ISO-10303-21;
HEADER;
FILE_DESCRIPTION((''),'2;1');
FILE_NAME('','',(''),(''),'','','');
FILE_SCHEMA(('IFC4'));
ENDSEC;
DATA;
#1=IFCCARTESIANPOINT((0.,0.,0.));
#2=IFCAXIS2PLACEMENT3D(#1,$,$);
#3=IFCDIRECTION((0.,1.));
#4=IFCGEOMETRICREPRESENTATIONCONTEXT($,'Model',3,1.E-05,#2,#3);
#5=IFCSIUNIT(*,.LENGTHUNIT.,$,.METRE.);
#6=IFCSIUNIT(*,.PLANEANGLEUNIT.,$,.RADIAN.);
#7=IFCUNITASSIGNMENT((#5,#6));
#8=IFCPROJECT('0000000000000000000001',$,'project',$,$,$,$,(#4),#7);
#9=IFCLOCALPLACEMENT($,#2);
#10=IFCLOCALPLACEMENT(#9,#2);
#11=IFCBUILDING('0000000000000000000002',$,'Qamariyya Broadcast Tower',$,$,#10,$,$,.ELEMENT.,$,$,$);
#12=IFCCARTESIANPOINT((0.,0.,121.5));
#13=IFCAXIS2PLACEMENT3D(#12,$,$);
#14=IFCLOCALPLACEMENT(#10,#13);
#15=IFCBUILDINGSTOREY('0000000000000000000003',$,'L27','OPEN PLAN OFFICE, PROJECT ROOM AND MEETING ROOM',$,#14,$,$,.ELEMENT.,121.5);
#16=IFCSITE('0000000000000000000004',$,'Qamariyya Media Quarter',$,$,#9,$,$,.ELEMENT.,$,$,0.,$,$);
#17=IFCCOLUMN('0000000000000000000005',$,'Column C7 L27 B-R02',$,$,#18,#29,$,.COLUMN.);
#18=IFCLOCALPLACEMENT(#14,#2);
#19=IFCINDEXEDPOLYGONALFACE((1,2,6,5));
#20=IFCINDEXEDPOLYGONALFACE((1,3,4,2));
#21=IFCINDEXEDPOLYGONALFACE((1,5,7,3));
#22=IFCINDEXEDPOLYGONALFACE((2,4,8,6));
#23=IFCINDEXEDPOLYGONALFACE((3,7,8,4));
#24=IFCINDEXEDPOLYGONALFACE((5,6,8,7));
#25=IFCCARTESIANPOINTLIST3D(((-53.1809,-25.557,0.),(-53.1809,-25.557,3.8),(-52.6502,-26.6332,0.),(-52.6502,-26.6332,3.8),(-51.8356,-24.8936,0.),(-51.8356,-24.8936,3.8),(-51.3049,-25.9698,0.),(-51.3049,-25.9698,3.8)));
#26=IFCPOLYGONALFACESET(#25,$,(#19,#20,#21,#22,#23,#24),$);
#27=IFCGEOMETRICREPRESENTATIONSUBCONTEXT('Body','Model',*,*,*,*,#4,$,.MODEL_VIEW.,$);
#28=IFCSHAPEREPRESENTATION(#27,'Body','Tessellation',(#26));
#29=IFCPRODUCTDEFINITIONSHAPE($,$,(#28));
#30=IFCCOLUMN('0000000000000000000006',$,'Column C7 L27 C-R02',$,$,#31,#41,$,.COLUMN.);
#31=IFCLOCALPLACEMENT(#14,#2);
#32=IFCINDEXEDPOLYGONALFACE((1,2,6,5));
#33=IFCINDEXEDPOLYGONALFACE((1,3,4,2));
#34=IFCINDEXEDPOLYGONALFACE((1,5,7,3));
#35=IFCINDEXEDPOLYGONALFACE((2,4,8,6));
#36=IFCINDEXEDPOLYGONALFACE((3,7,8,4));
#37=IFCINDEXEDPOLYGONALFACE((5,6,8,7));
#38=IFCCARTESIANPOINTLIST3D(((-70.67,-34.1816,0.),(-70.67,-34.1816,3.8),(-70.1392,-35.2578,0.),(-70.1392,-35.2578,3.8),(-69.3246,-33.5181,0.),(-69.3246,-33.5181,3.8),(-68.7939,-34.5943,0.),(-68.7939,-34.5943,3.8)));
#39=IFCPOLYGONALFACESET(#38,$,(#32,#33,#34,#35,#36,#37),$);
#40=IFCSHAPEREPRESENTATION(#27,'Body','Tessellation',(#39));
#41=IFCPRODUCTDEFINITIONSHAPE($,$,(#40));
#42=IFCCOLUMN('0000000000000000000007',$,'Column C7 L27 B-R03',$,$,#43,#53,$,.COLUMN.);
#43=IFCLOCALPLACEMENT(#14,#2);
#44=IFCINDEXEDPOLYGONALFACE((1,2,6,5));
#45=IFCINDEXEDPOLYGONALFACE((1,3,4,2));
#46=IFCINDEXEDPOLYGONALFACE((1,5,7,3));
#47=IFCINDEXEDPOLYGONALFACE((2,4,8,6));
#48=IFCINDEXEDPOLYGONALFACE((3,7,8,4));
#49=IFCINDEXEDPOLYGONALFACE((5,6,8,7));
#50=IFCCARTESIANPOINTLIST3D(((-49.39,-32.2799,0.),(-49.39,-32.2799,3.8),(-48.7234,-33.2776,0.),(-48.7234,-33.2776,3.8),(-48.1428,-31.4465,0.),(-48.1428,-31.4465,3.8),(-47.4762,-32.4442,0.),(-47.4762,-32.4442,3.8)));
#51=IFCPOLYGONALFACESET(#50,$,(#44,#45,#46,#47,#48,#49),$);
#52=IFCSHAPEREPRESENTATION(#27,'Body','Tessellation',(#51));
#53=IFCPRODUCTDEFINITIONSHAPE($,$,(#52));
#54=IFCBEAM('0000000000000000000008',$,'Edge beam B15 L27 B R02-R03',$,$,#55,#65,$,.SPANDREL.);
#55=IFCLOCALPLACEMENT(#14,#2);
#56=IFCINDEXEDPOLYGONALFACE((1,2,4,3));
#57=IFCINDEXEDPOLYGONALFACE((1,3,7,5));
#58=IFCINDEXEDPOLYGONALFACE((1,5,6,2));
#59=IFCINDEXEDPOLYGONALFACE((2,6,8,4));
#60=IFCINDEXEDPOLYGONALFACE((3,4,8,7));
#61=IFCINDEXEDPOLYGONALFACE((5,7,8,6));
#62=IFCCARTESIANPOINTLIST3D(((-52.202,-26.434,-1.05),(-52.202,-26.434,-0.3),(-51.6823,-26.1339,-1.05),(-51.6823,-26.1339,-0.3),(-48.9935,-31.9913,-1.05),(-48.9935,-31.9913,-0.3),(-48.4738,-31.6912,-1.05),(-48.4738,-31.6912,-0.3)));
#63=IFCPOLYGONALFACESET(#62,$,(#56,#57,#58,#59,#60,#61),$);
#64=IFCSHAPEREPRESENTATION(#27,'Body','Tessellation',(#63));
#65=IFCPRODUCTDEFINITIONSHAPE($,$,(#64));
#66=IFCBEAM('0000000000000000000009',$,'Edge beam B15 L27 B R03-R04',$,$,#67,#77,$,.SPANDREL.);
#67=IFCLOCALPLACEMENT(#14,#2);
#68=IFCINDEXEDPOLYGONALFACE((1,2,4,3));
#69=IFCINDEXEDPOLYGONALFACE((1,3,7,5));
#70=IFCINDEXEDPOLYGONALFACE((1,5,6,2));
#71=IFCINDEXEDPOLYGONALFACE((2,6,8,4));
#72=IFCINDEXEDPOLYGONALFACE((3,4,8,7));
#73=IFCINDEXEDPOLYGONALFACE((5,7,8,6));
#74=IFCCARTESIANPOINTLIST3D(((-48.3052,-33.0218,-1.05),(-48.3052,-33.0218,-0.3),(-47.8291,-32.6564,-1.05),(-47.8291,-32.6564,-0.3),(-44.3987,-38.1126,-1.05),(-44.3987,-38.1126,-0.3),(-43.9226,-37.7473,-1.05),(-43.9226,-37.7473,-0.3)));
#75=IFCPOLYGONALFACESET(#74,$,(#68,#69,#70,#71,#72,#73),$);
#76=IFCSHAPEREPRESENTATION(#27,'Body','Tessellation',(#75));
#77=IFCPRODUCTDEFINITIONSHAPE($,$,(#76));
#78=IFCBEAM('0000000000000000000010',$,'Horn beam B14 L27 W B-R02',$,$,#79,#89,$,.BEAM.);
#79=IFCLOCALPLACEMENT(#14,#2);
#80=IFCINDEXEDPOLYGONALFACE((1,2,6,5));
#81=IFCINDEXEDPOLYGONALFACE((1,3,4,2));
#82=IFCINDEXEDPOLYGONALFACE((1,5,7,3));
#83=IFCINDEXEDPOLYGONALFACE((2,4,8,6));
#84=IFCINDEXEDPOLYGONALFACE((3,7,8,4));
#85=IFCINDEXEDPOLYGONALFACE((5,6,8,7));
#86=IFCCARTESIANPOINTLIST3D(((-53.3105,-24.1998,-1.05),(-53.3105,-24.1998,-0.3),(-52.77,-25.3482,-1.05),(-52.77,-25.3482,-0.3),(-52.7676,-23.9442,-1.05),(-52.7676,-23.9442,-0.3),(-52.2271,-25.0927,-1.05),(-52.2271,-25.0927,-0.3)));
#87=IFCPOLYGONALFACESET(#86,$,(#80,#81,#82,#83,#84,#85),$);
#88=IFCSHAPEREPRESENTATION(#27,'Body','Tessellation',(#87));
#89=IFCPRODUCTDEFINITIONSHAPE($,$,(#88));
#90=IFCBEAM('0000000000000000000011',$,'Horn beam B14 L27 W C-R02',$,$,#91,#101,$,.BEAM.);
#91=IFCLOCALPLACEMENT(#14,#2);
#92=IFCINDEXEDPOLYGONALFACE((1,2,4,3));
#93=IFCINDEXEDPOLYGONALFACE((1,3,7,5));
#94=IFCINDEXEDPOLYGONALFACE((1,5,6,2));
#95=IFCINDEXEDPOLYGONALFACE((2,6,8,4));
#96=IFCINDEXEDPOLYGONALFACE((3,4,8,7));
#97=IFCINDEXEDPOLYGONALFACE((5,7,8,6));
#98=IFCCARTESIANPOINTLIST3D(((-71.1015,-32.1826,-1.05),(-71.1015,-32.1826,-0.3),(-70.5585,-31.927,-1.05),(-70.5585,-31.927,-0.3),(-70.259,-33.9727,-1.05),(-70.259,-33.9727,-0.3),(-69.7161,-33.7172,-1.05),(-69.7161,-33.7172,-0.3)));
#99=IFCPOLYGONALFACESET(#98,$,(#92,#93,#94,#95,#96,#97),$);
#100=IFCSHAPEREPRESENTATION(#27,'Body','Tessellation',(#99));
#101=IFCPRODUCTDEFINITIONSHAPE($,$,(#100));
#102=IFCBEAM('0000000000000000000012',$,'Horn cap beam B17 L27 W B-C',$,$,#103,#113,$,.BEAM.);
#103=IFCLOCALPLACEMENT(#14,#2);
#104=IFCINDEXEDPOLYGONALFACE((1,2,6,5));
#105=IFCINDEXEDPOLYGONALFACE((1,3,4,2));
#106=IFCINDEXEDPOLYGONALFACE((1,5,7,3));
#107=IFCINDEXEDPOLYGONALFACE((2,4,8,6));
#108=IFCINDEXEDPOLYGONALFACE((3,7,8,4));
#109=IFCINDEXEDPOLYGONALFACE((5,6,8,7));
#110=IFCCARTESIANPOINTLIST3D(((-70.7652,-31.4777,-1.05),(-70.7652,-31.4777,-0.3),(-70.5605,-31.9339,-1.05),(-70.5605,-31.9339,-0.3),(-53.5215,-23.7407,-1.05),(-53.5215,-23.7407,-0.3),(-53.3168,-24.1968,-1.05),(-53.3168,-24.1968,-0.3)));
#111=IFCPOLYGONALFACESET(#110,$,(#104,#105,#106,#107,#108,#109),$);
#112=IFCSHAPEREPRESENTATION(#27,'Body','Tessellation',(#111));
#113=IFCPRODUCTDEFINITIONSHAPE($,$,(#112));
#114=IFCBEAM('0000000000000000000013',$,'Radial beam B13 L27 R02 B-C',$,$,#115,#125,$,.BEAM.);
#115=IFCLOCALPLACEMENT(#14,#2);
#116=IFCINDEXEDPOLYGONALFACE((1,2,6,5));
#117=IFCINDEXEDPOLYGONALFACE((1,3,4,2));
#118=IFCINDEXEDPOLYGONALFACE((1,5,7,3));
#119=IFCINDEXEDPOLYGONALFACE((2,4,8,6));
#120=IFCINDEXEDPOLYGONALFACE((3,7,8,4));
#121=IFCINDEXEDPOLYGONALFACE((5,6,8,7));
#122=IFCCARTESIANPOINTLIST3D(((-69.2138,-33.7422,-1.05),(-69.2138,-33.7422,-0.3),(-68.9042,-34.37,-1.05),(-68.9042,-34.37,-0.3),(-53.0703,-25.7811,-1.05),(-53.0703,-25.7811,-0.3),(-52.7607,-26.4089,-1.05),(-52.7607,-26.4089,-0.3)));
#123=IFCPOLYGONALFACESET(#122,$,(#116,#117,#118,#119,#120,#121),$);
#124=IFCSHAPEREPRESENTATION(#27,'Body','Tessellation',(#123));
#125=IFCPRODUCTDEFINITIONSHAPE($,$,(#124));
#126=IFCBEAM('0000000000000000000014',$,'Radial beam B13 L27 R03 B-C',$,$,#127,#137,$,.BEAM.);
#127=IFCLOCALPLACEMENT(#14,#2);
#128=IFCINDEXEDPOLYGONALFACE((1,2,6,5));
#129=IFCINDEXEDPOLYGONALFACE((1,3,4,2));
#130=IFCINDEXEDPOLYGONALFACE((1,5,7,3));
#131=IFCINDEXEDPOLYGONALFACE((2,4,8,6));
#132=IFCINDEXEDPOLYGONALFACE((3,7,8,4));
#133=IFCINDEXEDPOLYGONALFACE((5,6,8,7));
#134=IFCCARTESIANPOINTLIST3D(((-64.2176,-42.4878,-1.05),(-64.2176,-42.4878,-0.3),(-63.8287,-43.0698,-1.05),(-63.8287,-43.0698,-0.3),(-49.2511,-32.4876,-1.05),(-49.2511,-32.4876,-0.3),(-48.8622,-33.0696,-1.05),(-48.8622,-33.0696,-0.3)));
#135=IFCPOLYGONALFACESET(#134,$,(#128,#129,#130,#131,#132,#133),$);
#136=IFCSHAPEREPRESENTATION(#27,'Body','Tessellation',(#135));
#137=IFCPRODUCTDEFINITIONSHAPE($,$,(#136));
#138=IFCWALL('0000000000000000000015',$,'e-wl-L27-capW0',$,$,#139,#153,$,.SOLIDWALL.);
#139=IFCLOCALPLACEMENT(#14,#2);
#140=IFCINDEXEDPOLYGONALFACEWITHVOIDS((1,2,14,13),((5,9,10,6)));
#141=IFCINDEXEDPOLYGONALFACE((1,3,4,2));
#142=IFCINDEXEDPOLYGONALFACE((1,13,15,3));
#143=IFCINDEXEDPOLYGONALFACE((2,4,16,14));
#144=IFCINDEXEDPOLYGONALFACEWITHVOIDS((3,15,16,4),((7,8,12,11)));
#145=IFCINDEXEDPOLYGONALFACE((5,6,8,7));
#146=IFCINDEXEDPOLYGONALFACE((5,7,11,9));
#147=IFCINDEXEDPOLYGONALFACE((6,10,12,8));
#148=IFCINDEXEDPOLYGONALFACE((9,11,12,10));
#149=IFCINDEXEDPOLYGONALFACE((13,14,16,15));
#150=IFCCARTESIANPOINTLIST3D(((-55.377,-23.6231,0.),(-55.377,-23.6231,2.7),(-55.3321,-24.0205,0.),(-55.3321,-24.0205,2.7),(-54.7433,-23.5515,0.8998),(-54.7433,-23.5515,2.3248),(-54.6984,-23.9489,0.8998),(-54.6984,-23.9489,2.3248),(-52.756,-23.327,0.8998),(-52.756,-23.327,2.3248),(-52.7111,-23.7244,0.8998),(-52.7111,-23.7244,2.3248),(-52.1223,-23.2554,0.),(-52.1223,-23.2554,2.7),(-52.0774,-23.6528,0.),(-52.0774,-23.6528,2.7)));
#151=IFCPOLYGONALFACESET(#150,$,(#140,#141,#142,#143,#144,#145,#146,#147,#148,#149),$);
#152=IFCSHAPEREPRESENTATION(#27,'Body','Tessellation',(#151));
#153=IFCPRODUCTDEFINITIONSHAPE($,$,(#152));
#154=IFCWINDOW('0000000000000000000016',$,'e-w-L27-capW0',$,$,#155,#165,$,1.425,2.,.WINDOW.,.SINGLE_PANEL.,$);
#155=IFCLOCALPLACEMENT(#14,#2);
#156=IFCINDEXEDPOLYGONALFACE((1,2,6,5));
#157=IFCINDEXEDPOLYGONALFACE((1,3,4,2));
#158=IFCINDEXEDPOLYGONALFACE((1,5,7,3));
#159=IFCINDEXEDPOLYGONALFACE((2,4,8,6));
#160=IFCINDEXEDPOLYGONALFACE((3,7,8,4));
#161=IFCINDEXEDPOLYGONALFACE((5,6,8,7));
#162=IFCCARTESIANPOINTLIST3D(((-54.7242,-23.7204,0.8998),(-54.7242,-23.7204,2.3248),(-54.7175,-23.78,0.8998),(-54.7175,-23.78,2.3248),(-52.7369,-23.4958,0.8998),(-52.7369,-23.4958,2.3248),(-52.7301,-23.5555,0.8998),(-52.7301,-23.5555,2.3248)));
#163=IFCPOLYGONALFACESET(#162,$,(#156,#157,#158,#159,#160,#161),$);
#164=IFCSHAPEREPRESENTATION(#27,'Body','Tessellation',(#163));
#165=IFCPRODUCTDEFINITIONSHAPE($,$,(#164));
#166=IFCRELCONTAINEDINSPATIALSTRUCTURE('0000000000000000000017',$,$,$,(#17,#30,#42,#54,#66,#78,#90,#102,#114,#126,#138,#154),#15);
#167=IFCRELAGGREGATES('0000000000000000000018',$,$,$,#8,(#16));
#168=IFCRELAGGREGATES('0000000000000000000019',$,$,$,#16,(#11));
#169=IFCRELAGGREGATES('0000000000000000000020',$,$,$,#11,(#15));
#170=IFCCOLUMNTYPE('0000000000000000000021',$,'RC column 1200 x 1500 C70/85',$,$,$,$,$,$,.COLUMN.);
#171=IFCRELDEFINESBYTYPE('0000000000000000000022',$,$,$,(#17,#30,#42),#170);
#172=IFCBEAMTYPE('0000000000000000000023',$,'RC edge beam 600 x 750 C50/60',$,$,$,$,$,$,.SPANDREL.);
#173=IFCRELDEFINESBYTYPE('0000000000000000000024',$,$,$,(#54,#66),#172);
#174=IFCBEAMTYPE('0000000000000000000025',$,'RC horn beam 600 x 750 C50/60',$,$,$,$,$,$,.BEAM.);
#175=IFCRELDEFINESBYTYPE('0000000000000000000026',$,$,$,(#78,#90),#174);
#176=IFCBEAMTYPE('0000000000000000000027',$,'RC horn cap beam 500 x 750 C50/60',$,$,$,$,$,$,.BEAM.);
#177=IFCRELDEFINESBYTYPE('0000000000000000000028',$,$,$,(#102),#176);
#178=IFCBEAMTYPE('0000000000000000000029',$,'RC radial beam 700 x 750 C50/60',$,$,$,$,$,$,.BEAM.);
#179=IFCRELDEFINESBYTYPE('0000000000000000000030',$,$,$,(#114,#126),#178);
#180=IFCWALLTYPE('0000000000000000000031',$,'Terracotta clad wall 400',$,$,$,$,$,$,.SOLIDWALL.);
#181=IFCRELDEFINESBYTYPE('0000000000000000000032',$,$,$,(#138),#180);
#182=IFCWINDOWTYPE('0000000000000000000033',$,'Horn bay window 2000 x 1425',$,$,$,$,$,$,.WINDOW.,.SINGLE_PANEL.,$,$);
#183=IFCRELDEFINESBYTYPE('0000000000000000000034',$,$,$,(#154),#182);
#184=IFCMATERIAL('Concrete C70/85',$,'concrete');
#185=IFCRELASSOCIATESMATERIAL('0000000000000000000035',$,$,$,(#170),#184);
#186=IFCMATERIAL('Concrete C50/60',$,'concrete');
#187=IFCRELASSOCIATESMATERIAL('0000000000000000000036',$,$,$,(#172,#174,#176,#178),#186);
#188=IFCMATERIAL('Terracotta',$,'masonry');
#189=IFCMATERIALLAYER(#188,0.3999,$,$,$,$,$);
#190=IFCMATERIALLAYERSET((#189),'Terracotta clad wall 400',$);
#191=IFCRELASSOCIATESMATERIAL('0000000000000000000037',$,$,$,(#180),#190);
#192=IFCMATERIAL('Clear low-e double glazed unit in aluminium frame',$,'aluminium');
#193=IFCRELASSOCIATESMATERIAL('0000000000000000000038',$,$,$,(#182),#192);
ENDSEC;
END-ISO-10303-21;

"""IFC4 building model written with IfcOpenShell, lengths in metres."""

from ifc_helpers import new_model, si_unit, direction, frame, frame_2d, origin, origin_2d, place, context, subcontext, project, spatial, rectangle, extrude, material, layer, layer_set, material_profile, profile_set, type_object, element, fill, save


model = new_model("IFC4")

# Units and contexts
model_context = context("Model", 3, precision=1e-05, world=origin(), true_north=direction((0.0, 1.0)))
body_context = subcontext(model_context, "Body", "Model", "MODEL_VIEW")
ifc_project = project(units=[si_unit("LENGTHUNIT", "METRE"), si_unit("PLANEANGLEUNIT", "RADIAN")], contexts=[model_context])

# Site, building, storey
site_placement = place(None, origin())
site = spatial("IfcSite", under=ifc_project, at=site_placement, Name="Qamariyya Media Quarter", CompositionType="ELEMENT", RefElevation=0.0)
building_placement = place(site_placement, origin())
building = spatial("IfcBuilding", under=site, at=building_placement, Name="Qamariyya Broadcast Tower", CompositionType="ELEMENT")
storey_placement = place(building_placement, frame((0.0, 0.0, 121.5)))
storey = spatial("IfcBuildingStorey", under=building, at=storey_placement, Name="L27", Description="OPEN PLAN OFFICE, PROJECT ROOM AND MEETING ROOM", CompositionType="ELEMENT", Elevation=121.5)

# Columns
ifc_material_1 = material(Name="Concrete C70/85", Category="concrete")
ifc_material_profile_1 = material_profile(ifc_material_1, rectangle(XDim=1.2, YDim=1.5, at=origin_2d()))
ifc_profile_set_1 = profile_set([ifc_material_profile_1], Name="Concrete C70/85")
column_type = type_object("IfcColumnType", Name="RC column 1200 x 1500 C70/85", PredefinedType="COLUMN", material=ifc_profile_set_1)
for number, where, z_axis, x_axis, name in (
    (1, (-52.2429, -25.7634, 0.0), (0.0, 0.0, 1.0), (0.442289, -0.896873, 0.0), "Column C7 L27 B-R02"),
    (2, (-69.7319, -34.3879, 0.0), (0.0, 0.0, 1.0), (0.442289, -0.896873, 0.0), "Column C7 L27 C-R02"),
    (3, (-48.4331, -32.3621, 0.0), (0.0, 0.0, 1.0), (0.55557, -0.83147, 0.0), "Column C7 L27 B-R03"),
):
    element("IfcColumn", number, at=place(storey_placement, frame(where, z_axis=z_axis, x_axis=x_axis)), inside=storey, type_object=column_type, Name=name, PredefinedType="COLUMN", context=body_context, shape_type="SweptSolid", body=[
        extrude(rectangle(XDim=1.2, YDim=1.5, at=origin_2d()), origin(), (0.0, 0.0, 1.0), 3.8),
    ])

# Beams
ifc_material_2 = material(Name="Concrete C50/60", Category="concrete")
ifc_material_profile_2 = material_profile(ifc_material_2, rectangle(XDim=0.6001, YDim=0.75, at=origin_2d()))
ifc_profile_set_2 = profile_set([ifc_material_profile_2], Name="Concrete C50/60")
beam_type_1 = type_object("IfcBeamType", Name="RC edge beam 600 x 750 C50/60", PredefinedType="SPANDREL", material=ifc_profile_set_2)
for number, where, z_axis, x_axis, name in (
    (4, (-51.9421, -26.2839, -0.675), (0.499994, -0.866029, 0.0), (0.866029, 0.499994, 0.0), "Edge beam B15 L27 B R02-R03"),
    (5, (-48.0671, -32.8391, -0.675), (0.608778, -0.793341, 0.0), (0.793341, 0.608778, 0.0), "Edge beam B15 L27 B R03-R04"),
):
    element("IfcBeam", number, at=place(storey_placement, frame(where, z_axis=z_axis, x_axis=x_axis)), inside=storey, type_object=beam_type_1, Name=name, PredefinedType="SPANDREL", context=body_context, shape_type="SweptSolid", body=[
        extrude(rectangle(XDim=0.6001, YDim=0.75, at=origin_2d()), origin(), (0.0, 0.0, 1.0), 6.417),
    ])
ifc_material_profile_3 = material_profile(ifc_material_2, rectangle(XDim=0.6001, YDim=0.75, at=origin_2d()))
ifc_profile_set_3 = profile_set([ifc_material_profile_3], Name="Concrete C50/60")
beam_type_2 = type_object("IfcBeamType", Name="RC horn beam 600 x 750 C50/60", PredefinedType="BEAM", material=ifc_profile_set_3)
beam_1_placement = place(storey_placement, frame((-52.4985, -25.2205, -0.675), z_axis=(-0.425853, 0.904793, 0.0), x_axis=(-0.904793, -0.425853, 0.0)))
element("IfcBeam", 6, at=beam_1_placement, inside=storey, type_object=beam_type_2, Name="Horn beam B14 L27 W B-R02", PredefinedType="BEAM", context=body_context, shape_type="SweptSolid", body=[
    extrude(rectangle(XDim=0.6001, YDim=0.75, at=origin_2d()), origin(), (0.0, 0.0, 1.0), 1.2693),
])
beam_2_placement = place(storey_placement, frame((-69.9875, -33.845, -0.675), z_axis=(-0.425815, 0.90481, 0.0), x_axis=(-0.90481, -0.425815, 0.0)))
element("IfcBeam", 7, at=beam_2_placement, inside=storey, type_object=beam_type_2, Name="Horn beam B14 L27 W C-R02", PredefinedType="BEAM", context=body_context, shape_type="SweptSolid", body=[
    extrude(rectangle(XDim=0.6001, YDim=0.75, at=origin_2d()), origin(), (0.0, 0.0, 1.0), 1.9785),
])
ifc_material_profile_4 = material_profile(ifc_material_2, rectangle(XDim=0.5, YDim=0.75, at=origin_2d()))
ifc_profile_set_4 = profile_set([ifc_material_profile_4], Name="Concrete C50/60")
beam_type_3 = type_object("IfcBeamType", Name="RC horn cap beam 500 x 750 C50/60", PredefinedType="BEAM", material=ifc_profile_set_4)
beam_3_placement = place(storey_placement, frame((-53.4192, -23.9688, -0.675), z_axis=(-0.912368, -0.409371, 0.0), x_axis=(0.409371, -0.912368, 0.0)))
element("IfcBeam", 8, at=beam_3_placement, inside=storey, type_object=beam_type_3, Name="Horn cap beam B17 L27 W B-C", PredefinedType="BEAM", context=body_context, shape_type="SweptSolid", body=[
    extrude(rectangle(XDim=0.5, YDim=0.75, at=origin_2d()), origin(), (0.0, 0.0, 1.0), 18.8999),
])
ifc_material_profile_5 = material_profile(ifc_material_2, rectangle(XDim=0.7, YDim=0.75, at=origin_2d()))
ifc_profile_set_5 = profile_set([ifc_material_profile_5], Name="Concrete C50/60")
beam_type_4 = type_object("IfcBeamType", Name="RC radial beam 700 x 750 C50/60", PredefinedType="BEAM", material=ifc_profile_set_5)
beam_4_placement = place(storey_placement, frame((-52.9155, -26.095, -0.675), z_axis=(-0.896871, -0.442291, 0.0), x_axis=(0.442291, -0.896871, 0.0)))
element("IfcBeam", 9, at=beam_4_placement, inside=storey, type_object=beam_type_4, Name="Radial beam B13 L27 R02 B-C", PredefinedType="BEAM", context=body_context, shape_type="SweptSolid", body=[
    extrude(rectangle(XDim=0.7, YDim=0.75, at=origin_2d()), origin(), (0.0, 0.0, 1.0), 17.9998),
])
beam_5_placement = place(storey_placement, frame((-49.0566, -32.7786, -0.675), z_axis=(-0.831472, -0.555567, 0.0), x_axis=(0.555567, -0.831472, 0.0)))
element("IfcBeam", 10, at=beam_5_placement, inside=storey, type_object=beam_type_4, Name="Radial beam B13 L27 R03 B-C", PredefinedType="BEAM", context=body_context, shape_type="SweptSolid", body=[
    extrude(rectangle(XDim=0.7, YDim=0.75, at=origin_2d()), origin(), (0.0, 0.0, 1.0), 18.0),
])

# Wall, opening, window
ifc_material_3 = material(Name="Terracotta", Category="masonry")
ifc_layer = layer(ifc_material_3, 0.3999)
ifc_layer_set = layer_set([ifc_layer], Name="Terracotta clad wall 400")
wall_type = type_object("IfcWallType", Name="Terracotta clad wall 400", PredefinedType="SOLIDWALL", material=ifc_layer_set)
wall_1_placement = place(storey_placement, frame((-52.0999, -23.4541, 0.0), z_axis=(0.0, 0.0, 1.0), x_axis=(-0.993679, -0.112256, 0.0)))
wall_1 = element("IfcWall", 11, at=wall_1_placement, inside=storey, type_object=wall_type, Name="e-wl-L27-capW0", PredefinedType="SOLIDWALL", context=body_context, shape_type="SweptSolid", body=[
    extrude(rectangle(XDim=3.2754, YDim=0.3999, at=frame_2d((1.6377, 0.0))), origin(), (0.0, 0.0, 1.0), 2.7),
])
opening_1_placement = place(wall_1_placement, frame((0.6377, 0.0, 0.8999)))
opening_1 = element("IfcOpeningElement", 12, at=opening_1_placement, cuts=wall_1, PredefinedType="OPENING", context=body_context, shape_type="SweptSolid", body=[
    extrude(rectangle(XDim=2.0, YDim=1.425, at=frame_2d((1.0, 0.7124))), frame((0.0, 0.21, 0.0), z_axis=(0.0, -1.0, 0.0), x_axis=(1.0, 0.0, 0.0)), (0.0, 0.0, 1.0), 0.4199),
])
ifc_material_4 = material(Name="Clear low-e double glazed unit in aluminium frame", Category="aluminium")
window_type_1 = type_object("IfcWindowType", Name="Horn bay window 2000 x 1425", PartitioningType="SINGLE_PANEL", PredefinedType="WINDOW", material=ifc_material_4)
window_1_placement = place(opening_1_placement, origin())
window_1 = element("IfcWindow", 13, at=window_1_placement, inside=storey, type_object=window_type_1, Name="e-w-L27-capW0", OverallHeight=1.425, OverallWidth=2.0, PartitioningType="SINGLE_PANEL", PredefinedType="WINDOW", context=body_context, shape_type="SweptSolid", body=[
    extrude(rectangle(XDim=2.0, YDim=1.425, at=frame_2d((1.0, 0.7124))), frame((0.0, 0.03, 0.0), z_axis=(0.0, -1.0, 0.0), x_axis=(1.0, 0.0, 0.0)), (0.0, 0.0, 1.0), 0.0601),
])
fill(opening_1, window_1)

save(model, "model.ifc")
